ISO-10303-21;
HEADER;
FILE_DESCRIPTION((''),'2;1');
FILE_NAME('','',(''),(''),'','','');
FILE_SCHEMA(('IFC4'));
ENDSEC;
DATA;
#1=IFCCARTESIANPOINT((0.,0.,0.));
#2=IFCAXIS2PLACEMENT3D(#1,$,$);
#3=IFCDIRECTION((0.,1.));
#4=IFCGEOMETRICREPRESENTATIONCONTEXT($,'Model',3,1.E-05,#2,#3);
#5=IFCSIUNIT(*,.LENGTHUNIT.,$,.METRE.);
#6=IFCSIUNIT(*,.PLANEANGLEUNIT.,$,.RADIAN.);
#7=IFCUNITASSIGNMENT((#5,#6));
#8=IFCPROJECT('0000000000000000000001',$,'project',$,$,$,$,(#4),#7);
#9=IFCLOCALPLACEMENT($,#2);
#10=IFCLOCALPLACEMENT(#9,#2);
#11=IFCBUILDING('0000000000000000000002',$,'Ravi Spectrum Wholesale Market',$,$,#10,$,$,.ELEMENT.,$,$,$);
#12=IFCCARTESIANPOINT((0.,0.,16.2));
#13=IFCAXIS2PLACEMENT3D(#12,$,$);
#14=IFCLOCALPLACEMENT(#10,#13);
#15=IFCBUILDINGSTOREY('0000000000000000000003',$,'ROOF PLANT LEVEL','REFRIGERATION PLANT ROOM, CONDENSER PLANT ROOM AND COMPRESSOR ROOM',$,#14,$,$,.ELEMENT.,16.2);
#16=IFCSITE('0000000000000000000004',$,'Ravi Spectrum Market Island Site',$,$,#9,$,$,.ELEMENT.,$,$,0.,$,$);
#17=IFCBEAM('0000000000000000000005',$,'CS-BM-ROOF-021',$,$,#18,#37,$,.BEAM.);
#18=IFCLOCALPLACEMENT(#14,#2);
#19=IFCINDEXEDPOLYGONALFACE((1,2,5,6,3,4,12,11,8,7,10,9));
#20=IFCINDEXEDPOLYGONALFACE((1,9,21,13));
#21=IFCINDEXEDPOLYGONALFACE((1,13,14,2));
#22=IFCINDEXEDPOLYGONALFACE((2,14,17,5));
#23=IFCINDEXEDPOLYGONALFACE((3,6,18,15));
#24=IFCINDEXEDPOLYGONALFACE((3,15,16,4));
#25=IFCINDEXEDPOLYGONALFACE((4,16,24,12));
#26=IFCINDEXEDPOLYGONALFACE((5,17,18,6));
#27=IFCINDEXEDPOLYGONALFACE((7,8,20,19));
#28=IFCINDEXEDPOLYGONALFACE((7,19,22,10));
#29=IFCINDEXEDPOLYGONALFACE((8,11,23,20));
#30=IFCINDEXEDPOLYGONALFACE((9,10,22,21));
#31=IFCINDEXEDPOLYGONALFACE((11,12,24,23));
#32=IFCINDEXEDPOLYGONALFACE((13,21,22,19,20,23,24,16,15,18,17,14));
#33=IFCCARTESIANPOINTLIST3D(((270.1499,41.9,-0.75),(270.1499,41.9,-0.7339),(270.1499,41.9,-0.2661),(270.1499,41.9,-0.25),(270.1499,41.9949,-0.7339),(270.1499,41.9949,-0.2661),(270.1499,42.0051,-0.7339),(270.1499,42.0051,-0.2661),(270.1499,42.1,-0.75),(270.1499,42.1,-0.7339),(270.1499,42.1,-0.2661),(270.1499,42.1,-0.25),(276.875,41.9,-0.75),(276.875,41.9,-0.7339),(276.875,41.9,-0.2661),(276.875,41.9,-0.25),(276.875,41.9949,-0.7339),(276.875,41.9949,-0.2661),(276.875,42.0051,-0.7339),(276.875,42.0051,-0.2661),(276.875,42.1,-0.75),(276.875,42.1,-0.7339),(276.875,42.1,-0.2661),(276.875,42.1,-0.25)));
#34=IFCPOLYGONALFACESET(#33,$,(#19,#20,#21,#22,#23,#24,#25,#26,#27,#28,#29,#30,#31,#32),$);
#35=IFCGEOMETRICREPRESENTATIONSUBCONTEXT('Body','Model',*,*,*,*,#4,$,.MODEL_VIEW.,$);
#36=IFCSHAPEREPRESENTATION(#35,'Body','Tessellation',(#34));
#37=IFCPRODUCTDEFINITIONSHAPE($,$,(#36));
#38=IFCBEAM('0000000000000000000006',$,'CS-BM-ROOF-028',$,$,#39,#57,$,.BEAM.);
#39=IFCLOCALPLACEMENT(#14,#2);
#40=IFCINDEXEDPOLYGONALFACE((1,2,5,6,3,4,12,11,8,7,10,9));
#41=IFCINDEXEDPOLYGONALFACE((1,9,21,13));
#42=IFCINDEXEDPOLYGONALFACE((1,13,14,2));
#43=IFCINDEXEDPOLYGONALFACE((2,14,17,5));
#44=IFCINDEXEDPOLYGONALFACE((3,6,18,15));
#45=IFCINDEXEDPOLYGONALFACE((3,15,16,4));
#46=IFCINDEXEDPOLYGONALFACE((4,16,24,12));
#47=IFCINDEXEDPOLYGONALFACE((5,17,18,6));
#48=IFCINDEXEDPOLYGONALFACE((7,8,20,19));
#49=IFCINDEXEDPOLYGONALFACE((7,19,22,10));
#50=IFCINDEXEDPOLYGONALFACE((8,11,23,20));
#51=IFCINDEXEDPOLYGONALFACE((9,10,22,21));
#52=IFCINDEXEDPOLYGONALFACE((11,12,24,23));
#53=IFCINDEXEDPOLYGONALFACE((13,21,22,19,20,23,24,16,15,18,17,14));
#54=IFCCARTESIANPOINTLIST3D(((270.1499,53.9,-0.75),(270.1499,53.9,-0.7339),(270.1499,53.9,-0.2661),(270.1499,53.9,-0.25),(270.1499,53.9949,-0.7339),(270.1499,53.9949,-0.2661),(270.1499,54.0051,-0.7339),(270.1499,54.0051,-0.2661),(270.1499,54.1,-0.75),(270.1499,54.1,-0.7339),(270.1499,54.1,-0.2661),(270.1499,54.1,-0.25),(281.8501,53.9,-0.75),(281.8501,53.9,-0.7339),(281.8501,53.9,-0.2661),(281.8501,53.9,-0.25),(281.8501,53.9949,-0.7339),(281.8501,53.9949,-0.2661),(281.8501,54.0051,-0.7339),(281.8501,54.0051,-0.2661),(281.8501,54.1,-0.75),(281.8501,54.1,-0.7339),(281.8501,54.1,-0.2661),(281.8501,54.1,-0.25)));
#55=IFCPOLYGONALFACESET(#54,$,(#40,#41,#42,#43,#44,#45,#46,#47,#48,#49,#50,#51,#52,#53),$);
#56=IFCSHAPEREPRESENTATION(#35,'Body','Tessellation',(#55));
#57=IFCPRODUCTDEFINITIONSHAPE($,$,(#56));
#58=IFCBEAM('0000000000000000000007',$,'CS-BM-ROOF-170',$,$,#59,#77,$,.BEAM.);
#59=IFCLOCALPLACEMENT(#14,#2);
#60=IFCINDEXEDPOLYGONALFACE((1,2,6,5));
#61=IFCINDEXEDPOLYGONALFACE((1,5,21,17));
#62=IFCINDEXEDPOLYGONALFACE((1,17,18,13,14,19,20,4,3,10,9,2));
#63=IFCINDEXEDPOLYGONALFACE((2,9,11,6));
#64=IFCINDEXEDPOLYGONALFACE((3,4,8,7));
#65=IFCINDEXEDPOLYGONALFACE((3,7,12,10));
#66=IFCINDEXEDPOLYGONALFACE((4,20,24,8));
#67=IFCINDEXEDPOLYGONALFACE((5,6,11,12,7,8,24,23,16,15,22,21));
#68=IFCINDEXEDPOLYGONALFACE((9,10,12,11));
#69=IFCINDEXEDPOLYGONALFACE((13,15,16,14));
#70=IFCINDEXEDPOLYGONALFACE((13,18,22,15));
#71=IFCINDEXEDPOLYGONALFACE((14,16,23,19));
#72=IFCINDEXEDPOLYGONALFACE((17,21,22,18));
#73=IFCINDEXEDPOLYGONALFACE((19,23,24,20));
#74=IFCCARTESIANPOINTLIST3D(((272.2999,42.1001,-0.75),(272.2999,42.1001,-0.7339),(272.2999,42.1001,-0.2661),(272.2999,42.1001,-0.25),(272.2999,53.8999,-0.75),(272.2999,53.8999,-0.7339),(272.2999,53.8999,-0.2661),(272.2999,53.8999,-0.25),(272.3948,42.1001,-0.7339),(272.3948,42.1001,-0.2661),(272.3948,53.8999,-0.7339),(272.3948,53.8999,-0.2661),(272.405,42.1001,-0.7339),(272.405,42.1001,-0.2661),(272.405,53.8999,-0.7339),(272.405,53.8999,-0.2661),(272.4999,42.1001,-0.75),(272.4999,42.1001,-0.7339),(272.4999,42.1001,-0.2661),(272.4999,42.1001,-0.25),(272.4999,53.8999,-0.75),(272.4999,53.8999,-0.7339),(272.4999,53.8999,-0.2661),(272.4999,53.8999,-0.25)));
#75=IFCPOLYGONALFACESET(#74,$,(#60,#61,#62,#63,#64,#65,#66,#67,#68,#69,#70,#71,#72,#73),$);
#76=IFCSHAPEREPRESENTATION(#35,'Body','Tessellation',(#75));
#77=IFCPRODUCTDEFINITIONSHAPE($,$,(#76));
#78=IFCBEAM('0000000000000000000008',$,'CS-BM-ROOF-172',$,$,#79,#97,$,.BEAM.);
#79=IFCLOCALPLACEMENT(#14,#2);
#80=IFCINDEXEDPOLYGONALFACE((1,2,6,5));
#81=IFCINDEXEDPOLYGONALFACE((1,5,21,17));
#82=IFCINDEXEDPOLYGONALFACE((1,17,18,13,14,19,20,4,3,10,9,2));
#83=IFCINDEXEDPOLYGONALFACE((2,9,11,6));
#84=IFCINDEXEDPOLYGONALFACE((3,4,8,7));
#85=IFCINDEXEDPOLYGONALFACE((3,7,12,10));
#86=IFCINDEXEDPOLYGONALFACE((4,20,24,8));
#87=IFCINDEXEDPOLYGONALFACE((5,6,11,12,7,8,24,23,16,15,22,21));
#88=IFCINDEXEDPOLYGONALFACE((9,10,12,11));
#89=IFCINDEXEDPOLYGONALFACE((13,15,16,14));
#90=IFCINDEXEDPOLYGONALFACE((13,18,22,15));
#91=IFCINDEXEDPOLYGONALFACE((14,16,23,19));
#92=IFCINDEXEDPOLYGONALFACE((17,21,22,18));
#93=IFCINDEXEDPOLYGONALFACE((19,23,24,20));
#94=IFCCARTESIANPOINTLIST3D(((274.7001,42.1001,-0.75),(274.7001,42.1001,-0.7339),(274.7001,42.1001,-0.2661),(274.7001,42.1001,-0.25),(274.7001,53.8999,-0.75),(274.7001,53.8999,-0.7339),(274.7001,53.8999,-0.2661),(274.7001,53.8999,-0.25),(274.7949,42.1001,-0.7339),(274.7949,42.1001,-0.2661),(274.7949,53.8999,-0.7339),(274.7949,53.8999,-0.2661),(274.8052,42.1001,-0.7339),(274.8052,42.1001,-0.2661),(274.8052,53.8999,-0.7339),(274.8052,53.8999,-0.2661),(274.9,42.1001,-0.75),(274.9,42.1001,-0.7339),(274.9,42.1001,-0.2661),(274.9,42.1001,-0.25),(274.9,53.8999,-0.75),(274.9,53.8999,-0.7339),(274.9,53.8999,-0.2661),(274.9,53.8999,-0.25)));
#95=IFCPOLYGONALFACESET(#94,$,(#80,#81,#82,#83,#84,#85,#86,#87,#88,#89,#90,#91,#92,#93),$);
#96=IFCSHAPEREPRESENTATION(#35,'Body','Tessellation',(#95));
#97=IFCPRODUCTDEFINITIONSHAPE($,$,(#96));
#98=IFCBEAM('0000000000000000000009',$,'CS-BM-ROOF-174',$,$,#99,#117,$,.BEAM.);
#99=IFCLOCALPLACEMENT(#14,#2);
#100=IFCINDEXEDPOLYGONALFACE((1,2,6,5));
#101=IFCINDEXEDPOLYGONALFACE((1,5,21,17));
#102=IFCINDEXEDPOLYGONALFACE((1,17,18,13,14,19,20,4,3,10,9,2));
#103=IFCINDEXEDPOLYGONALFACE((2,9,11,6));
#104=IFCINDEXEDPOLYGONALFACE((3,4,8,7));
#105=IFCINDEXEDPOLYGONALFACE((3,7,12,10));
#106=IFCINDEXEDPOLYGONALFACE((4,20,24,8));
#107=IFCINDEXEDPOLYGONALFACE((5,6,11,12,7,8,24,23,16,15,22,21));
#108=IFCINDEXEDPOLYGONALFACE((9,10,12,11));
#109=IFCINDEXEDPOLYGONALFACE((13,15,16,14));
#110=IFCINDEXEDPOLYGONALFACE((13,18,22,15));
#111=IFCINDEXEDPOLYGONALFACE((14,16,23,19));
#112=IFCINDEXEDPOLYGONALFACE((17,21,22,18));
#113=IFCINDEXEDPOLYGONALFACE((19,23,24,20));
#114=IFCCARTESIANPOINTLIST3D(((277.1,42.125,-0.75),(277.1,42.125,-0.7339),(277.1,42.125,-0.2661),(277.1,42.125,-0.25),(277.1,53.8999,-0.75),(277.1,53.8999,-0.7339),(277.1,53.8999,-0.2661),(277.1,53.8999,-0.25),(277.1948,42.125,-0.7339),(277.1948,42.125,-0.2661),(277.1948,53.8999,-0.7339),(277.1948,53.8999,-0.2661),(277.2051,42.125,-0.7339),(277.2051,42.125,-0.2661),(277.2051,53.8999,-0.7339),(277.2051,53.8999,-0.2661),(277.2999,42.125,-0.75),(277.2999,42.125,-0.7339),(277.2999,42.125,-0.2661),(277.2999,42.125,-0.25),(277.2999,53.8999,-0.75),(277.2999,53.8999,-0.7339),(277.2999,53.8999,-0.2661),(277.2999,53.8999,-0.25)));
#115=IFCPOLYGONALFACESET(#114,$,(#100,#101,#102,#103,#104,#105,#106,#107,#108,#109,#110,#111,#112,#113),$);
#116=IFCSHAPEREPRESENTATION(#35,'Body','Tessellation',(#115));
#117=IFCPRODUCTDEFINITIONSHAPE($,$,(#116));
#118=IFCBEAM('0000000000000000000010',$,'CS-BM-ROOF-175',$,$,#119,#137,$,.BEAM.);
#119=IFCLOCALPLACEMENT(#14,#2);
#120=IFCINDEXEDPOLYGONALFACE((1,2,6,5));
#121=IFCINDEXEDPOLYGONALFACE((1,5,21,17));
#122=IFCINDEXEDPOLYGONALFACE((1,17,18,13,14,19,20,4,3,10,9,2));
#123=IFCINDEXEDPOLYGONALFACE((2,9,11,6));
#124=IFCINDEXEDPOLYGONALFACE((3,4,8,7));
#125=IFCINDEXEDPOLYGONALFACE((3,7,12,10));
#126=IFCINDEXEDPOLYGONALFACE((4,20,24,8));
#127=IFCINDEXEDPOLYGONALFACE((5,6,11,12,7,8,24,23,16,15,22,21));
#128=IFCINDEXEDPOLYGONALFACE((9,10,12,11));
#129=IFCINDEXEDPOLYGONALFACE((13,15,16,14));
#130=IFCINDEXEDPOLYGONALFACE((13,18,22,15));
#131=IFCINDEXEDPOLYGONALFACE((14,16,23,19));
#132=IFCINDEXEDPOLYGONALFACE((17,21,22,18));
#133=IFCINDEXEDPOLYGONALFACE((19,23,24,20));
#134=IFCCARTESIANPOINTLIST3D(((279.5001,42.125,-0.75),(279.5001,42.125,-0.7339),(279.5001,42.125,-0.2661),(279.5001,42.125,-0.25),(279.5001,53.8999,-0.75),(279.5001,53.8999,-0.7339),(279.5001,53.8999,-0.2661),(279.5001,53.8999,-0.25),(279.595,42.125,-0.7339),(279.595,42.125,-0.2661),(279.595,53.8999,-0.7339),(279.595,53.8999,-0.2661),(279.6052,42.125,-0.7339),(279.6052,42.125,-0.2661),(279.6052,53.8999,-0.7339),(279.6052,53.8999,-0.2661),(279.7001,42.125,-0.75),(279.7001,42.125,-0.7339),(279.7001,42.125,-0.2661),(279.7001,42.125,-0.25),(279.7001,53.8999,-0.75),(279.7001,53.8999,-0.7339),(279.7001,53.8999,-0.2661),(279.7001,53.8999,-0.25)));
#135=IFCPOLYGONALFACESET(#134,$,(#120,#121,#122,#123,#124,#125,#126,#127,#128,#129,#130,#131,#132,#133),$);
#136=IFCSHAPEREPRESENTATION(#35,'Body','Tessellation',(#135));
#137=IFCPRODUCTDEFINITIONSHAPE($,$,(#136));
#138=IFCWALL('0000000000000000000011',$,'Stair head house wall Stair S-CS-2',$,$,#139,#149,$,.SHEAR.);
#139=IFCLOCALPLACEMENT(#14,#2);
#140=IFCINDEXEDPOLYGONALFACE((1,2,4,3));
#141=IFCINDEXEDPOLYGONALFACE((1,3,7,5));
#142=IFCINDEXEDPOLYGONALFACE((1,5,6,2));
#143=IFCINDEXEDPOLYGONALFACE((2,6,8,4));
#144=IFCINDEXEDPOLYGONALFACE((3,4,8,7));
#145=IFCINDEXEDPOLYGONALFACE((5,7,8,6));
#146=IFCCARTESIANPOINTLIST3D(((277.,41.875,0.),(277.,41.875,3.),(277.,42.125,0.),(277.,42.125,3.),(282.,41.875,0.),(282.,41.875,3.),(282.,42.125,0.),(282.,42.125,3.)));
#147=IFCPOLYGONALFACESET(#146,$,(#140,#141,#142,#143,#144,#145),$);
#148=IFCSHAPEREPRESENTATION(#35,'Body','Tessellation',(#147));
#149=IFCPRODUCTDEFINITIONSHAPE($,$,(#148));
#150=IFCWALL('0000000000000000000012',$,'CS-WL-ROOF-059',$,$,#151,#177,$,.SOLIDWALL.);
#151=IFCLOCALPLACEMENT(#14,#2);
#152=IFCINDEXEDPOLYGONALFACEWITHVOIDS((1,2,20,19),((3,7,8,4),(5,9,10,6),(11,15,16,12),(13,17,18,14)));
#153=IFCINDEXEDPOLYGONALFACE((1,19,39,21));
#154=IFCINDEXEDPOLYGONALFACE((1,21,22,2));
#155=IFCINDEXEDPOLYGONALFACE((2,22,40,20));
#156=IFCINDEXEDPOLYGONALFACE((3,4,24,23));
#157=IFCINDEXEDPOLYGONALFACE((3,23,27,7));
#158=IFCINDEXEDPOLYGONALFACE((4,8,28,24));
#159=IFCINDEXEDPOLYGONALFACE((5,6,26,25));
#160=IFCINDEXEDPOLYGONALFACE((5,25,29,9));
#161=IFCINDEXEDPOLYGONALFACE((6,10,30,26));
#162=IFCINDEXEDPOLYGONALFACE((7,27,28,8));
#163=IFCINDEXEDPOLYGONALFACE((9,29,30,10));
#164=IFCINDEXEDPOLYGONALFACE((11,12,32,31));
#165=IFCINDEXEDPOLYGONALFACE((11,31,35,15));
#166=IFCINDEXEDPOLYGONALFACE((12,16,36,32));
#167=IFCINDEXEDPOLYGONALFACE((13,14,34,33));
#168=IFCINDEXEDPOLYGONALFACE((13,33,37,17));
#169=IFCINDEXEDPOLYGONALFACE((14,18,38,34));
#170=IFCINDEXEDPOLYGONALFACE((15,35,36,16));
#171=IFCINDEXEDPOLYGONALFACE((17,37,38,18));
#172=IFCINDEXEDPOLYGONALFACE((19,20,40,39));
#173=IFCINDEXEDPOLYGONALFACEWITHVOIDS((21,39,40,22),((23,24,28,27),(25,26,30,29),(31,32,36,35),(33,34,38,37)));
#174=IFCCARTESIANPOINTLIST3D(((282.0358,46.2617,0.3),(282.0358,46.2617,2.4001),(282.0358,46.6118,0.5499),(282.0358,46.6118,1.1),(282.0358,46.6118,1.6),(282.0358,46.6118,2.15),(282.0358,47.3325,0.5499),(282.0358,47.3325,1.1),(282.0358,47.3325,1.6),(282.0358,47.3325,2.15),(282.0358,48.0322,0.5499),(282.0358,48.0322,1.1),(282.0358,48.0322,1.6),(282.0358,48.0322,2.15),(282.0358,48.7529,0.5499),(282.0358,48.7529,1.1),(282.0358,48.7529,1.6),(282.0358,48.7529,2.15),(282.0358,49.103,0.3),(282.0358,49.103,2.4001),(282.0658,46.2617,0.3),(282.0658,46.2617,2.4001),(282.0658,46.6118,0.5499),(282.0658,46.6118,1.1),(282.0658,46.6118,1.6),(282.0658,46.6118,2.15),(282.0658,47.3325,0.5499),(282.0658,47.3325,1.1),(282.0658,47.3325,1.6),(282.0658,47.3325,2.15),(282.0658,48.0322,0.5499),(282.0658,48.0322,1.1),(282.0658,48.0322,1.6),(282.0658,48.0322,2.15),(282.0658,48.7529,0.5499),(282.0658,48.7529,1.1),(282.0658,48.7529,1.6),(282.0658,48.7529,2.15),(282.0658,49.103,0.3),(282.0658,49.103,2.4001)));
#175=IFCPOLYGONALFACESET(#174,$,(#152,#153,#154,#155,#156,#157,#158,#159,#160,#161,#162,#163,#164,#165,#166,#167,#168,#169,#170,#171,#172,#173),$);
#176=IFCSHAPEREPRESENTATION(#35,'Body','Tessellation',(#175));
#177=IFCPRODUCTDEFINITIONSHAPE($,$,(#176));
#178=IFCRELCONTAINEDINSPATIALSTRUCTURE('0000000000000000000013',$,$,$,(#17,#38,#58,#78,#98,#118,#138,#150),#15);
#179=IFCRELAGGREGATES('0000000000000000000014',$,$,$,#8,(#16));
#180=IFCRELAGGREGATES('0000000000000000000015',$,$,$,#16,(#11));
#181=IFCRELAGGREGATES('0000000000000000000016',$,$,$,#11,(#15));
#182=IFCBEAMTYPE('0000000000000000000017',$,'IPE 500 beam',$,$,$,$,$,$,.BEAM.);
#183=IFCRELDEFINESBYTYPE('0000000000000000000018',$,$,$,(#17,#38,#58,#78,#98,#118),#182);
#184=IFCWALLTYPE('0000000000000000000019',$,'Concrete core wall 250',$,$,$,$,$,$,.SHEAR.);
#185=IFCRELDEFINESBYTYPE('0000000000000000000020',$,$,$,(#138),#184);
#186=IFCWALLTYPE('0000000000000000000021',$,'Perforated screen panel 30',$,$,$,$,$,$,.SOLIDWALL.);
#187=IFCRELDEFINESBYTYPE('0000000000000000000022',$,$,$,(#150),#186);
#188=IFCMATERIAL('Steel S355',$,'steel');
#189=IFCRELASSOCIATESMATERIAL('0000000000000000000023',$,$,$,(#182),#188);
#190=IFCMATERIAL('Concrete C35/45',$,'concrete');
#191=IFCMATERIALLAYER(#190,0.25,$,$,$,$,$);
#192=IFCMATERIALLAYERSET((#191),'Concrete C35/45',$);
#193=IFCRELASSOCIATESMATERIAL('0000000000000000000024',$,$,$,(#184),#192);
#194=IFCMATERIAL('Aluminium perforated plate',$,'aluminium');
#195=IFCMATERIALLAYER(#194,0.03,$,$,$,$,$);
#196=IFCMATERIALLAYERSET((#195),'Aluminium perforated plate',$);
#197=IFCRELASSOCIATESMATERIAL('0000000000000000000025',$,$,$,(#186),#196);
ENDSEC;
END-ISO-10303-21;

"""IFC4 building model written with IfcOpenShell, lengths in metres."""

from ifc_helpers import new_model, si_unit, direction, frame, frame_2d, origin, origin_2d, place, context, subcontext, project, spatial, rectangle, i_section, extrude, material, layer, layer_set, material_profile, profile_set, type_object, element, save


model = new_model("IFC4")

# Units and contexts
model_context = context("Model", 3, precision=1e-05, world=origin(), true_north=direction((0.0, 1.0)))
body_context = subcontext(model_context, "Body", "Model", "MODEL_VIEW")
ifc_project = project(units=[si_unit("LENGTHUNIT", "METRE"), si_unit("PLANEANGLEUNIT", "RADIAN")], contexts=[model_context])

# Site, building, storey
site_placement = place(None, origin())
site = spatial("IfcSite", under=ifc_project, at=site_placement, Name="Ravi Spectrum Market Island Site", CompositionType="ELEMENT", RefElevation=0.0)
building_placement = place(site_placement, origin())
building = spatial("IfcBuilding", under=site, at=building_placement, Name="Ravi Spectrum Wholesale Market", CompositionType="ELEMENT")
storey_placement = place(building_placement, frame((0.0, 0.0, 16.2)))
storey = spatial("IfcBuildingStorey", under=building, at=storey_placement, Name="ROOF PLANT LEVEL", Description="REFRIGERATION PLANT ROOM, CONDENSER PLANT ROOM AND COMPRESSOR ROOM", CompositionType="ELEMENT", Elevation=16.2)

# Beams
ifc_material_1 = material(Name="Steel S355", Category="steel")
ifc_material_profile_1 = material_profile(ifc_material_1, i_section(OverallWidth=0.2, OverallDepth=0.5, WebThickness=0.0103, FlangeThickness=0.0161, at=origin_2d()))
ifc_profile_set_1 = profile_set([ifc_material_profile_1], Name="Steel S355")
beam_type_1 = type_object("IfcBeamType", Name="IPE 500 beam", PredefinedType="BEAM", material=ifc_profile_set_1)
beam_1_placement = place(storey_placement, frame((270.1499, 42.0, -0.5), z_axis=(1.0, 0.0, 0.0), x_axis=(0.0, 1.0, 0.0)))
element("IfcBeam", 1, at=beam_1_placement, inside=storey, type_object=beam_type_1, Name="CS-BM-ROOF-021", PredefinedType="BEAM", context=body_context, shape_type="SweptSolid", body=[
    extrude(i_section(OverallWidth=0.2, OverallDepth=0.5, WebThickness=0.0103, FlangeThickness=0.0161, at=origin_2d()), origin(), (0.0, 0.0, 1.0), 6.7251),
])
beam_2_placement = place(storey_placement, frame((270.1499, 54.0, -0.5), z_axis=(1.0, 0.0, 0.0), x_axis=(0.0, 1.0, 0.0)))
element("IfcBeam", 2, at=beam_2_placement, inside=storey, type_object=beam_type_1, Name="CS-BM-ROOF-028", PredefinedType="BEAM", context=body_context, shape_type="SweptSolid", body=[
    extrude(i_section(OverallWidth=0.2, OverallDepth=0.5, WebThickness=0.0103, FlangeThickness=0.0161, at=origin_2d()), origin(), (0.0, 0.0, 1.0), 11.7002),
])
for number, where, z_axis, x_axis, name in (
    (3, (272.3999, 42.1001, -0.5), (0.0, 1.0, 0.0), (-1.0, 0.0, 0.0), "CS-BM-ROOF-170"),
    (4, (274.8, 42.1001, -0.5), (0.0, 1.0, 0.0), (-1.0, 0.0, 0.0), "CS-BM-ROOF-172"),
):
    element("IfcBeam", number, at=place(storey_placement, frame(where, z_axis=z_axis, x_axis=x_axis)), inside=storey, type_object=beam_type_1, Name=name, PredefinedType="BEAM", context=body_context, shape_type="SweptSolid", body=[
        extrude(i_section(OverallWidth=0.2, OverallDepth=0.5, WebThickness=0.0103, FlangeThickness=0.0161, at=origin_2d()), origin(), (0.0, 0.0, 1.0), 11.7998),
    ])
for number, where, z_axis, x_axis, name in (
    (5, (277.2, 42.125, -0.5), (0.0, 1.0, 0.0), (-1.0, 0.0, 0.0), "CS-BM-ROOF-174"),
    (6, (279.6001, 42.125, -0.5), (0.0, 1.0, 0.0), (-1.0, 0.0, 0.0), "CS-BM-ROOF-175"),
):
    element("IfcBeam", number, at=place(storey_placement, frame(where, z_axis=z_axis, x_axis=x_axis)), inside=storey, type_object=beam_type_1, Name=name, PredefinedType="BEAM", context=body_context, shape_type="SweptSolid", body=[
        extrude(i_section(OverallWidth=0.2, OverallDepth=0.5, WebThickness=0.0103, FlangeThickness=0.0161, at=origin_2d()), origin(), (0.0, 0.0, 1.0), 11.7749),
    ])

# Wall
ifc_material_2 = material(Name="Concrete C35/45", Category="concrete")
ifc_layer_1 = layer(ifc_material_2, 0.25)
ifc_layer_set_1 = layer_set([ifc_layer_1], Name="Concrete C35/45")
wall_type_1 = type_object("IfcWallType", Name="Concrete core wall 250", PredefinedType="SHEAR", material=ifc_layer_set_1)
wall_1_placement = place(storey_placement, frame((277.0, 42.0, 0.0), z_axis=(0.0, 0.0, 1.0), x_axis=(1.0, 0.0, 0.0)))
element("IfcWall", 7, at=wall_1_placement, inside=storey, type_object=wall_type_1, Name="Stair head house wall Stair S-CS-2", PredefinedType="SHEAR", context=body_context, shape_type="SweptSolid", body=[
    extrude(rectangle(XDim=5.0, YDim=0.25, at=frame_2d((2.5, 0.0))), origin(), (0.0, 0.0, 1.0), 3.0),
])

# Wall, openings
ifc_material_3 = material(Name="Aluminium perforated plate", Category="aluminium")
ifc_layer_2 = layer(ifc_material_3, 0.03)
ifc_layer_set_2 = layer_set([ifc_layer_2], Name="Aluminium perforated plate")
wall_type_2 = type_object("IfcWallType", Name="Perforated screen panel 30", PredefinedType="SOLIDWALL", material=ifc_layer_set_2)
wall_2_placement = place(storey_placement, frame((282.0508, 46.2617, 0.3), z_axis=(0.0, 0.0, 1.0), x_axis=(0.0, 1.0, 0.0)))
wall_2 = element("IfcWall", 8, at=wall_2_placement, inside=storey, type_object=wall_type_2, Name="CS-WL-ROOF-059", PredefinedType="SOLIDWALL", context=body_context, shape_type="SweptSolid", body=[
    extrude(rectangle(XDim=2.8413, YDim=0.03, at=frame_2d((1.4207, 0.0))), origin(), (0.0, 0.0, 1.0), 2.1001),
])
opening_1_placement = place(wall_2_placement, frame((0.3501, 0.0, 0.25)))
element("IfcOpeningElement", 9, at=opening_1_placement, cuts=wall_2, PredefinedType="OPENING", context=body_context, shape_type="SweptSolid", body=[
    extrude(rectangle(XDim=0.7207, YDim=0.55, at=frame_2d((0.3604, 0.2749))), frame((0.0, 0.0249, 0.0), z_axis=(0.0, -1.0, 0.0), x_axis=(1.0, 0.0, 0.0)), (0.0, 0.0, 1.0), 0.05),
])
opening_2_placement = place(wall_2_placement, frame((0.3501, 0.0, 1.3)))
element("IfcOpeningElement", 10, at=opening_2_placement, cuts=wall_2, PredefinedType="OPENING", context=body_context, shape_type="SweptSolid", body=[
    extrude(rectangle(XDim=0.7207, YDim=0.55, at=frame_2d((0.3604, 0.2749))), frame((0.0, 0.0249, 0.0), z_axis=(0.0, -1.0, 0.0), x_axis=(1.0, 0.0, 0.0)), (0.0, 0.0, 1.0), 0.05),
])
opening_3_placement = place(wall_2_placement, frame((1.7705, 0.0, 0.25)))
element("IfcOpeningElement", 11, at=opening_3_placement, cuts=wall_2, PredefinedType="OPENING", context=body_context, shape_type="SweptSolid", body=[
    extrude(rectangle(XDim=0.7207, YDim=0.55, at=frame_2d((0.3604, 0.2749))), frame((0.0, 0.0249, 0.0), z_axis=(0.0, -1.0, 0.0), x_axis=(1.0, 0.0, 0.0)), (0.0, 0.0, 1.0), 0.05),
])
opening_4_placement = place(wall_2_placement, frame((1.7705, 0.0, 1.3)))
element("IfcOpeningElement", 12, at=opening_4_placement, cuts=wall_2, PredefinedType="OPENING", context=body_context, shape_type="SweptSolid", body=[
    extrude(rectangle(XDim=0.7207, YDim=0.55, at=frame_2d((0.3604, 0.2749))), frame((0.0, 0.0249, 0.0), z_axis=(0.0, -1.0, 0.0), x_axis=(1.0, 0.0, 0.0)), (0.0, 0.0, 1.0), 0.05),
])

save(model, "model.ifc")
